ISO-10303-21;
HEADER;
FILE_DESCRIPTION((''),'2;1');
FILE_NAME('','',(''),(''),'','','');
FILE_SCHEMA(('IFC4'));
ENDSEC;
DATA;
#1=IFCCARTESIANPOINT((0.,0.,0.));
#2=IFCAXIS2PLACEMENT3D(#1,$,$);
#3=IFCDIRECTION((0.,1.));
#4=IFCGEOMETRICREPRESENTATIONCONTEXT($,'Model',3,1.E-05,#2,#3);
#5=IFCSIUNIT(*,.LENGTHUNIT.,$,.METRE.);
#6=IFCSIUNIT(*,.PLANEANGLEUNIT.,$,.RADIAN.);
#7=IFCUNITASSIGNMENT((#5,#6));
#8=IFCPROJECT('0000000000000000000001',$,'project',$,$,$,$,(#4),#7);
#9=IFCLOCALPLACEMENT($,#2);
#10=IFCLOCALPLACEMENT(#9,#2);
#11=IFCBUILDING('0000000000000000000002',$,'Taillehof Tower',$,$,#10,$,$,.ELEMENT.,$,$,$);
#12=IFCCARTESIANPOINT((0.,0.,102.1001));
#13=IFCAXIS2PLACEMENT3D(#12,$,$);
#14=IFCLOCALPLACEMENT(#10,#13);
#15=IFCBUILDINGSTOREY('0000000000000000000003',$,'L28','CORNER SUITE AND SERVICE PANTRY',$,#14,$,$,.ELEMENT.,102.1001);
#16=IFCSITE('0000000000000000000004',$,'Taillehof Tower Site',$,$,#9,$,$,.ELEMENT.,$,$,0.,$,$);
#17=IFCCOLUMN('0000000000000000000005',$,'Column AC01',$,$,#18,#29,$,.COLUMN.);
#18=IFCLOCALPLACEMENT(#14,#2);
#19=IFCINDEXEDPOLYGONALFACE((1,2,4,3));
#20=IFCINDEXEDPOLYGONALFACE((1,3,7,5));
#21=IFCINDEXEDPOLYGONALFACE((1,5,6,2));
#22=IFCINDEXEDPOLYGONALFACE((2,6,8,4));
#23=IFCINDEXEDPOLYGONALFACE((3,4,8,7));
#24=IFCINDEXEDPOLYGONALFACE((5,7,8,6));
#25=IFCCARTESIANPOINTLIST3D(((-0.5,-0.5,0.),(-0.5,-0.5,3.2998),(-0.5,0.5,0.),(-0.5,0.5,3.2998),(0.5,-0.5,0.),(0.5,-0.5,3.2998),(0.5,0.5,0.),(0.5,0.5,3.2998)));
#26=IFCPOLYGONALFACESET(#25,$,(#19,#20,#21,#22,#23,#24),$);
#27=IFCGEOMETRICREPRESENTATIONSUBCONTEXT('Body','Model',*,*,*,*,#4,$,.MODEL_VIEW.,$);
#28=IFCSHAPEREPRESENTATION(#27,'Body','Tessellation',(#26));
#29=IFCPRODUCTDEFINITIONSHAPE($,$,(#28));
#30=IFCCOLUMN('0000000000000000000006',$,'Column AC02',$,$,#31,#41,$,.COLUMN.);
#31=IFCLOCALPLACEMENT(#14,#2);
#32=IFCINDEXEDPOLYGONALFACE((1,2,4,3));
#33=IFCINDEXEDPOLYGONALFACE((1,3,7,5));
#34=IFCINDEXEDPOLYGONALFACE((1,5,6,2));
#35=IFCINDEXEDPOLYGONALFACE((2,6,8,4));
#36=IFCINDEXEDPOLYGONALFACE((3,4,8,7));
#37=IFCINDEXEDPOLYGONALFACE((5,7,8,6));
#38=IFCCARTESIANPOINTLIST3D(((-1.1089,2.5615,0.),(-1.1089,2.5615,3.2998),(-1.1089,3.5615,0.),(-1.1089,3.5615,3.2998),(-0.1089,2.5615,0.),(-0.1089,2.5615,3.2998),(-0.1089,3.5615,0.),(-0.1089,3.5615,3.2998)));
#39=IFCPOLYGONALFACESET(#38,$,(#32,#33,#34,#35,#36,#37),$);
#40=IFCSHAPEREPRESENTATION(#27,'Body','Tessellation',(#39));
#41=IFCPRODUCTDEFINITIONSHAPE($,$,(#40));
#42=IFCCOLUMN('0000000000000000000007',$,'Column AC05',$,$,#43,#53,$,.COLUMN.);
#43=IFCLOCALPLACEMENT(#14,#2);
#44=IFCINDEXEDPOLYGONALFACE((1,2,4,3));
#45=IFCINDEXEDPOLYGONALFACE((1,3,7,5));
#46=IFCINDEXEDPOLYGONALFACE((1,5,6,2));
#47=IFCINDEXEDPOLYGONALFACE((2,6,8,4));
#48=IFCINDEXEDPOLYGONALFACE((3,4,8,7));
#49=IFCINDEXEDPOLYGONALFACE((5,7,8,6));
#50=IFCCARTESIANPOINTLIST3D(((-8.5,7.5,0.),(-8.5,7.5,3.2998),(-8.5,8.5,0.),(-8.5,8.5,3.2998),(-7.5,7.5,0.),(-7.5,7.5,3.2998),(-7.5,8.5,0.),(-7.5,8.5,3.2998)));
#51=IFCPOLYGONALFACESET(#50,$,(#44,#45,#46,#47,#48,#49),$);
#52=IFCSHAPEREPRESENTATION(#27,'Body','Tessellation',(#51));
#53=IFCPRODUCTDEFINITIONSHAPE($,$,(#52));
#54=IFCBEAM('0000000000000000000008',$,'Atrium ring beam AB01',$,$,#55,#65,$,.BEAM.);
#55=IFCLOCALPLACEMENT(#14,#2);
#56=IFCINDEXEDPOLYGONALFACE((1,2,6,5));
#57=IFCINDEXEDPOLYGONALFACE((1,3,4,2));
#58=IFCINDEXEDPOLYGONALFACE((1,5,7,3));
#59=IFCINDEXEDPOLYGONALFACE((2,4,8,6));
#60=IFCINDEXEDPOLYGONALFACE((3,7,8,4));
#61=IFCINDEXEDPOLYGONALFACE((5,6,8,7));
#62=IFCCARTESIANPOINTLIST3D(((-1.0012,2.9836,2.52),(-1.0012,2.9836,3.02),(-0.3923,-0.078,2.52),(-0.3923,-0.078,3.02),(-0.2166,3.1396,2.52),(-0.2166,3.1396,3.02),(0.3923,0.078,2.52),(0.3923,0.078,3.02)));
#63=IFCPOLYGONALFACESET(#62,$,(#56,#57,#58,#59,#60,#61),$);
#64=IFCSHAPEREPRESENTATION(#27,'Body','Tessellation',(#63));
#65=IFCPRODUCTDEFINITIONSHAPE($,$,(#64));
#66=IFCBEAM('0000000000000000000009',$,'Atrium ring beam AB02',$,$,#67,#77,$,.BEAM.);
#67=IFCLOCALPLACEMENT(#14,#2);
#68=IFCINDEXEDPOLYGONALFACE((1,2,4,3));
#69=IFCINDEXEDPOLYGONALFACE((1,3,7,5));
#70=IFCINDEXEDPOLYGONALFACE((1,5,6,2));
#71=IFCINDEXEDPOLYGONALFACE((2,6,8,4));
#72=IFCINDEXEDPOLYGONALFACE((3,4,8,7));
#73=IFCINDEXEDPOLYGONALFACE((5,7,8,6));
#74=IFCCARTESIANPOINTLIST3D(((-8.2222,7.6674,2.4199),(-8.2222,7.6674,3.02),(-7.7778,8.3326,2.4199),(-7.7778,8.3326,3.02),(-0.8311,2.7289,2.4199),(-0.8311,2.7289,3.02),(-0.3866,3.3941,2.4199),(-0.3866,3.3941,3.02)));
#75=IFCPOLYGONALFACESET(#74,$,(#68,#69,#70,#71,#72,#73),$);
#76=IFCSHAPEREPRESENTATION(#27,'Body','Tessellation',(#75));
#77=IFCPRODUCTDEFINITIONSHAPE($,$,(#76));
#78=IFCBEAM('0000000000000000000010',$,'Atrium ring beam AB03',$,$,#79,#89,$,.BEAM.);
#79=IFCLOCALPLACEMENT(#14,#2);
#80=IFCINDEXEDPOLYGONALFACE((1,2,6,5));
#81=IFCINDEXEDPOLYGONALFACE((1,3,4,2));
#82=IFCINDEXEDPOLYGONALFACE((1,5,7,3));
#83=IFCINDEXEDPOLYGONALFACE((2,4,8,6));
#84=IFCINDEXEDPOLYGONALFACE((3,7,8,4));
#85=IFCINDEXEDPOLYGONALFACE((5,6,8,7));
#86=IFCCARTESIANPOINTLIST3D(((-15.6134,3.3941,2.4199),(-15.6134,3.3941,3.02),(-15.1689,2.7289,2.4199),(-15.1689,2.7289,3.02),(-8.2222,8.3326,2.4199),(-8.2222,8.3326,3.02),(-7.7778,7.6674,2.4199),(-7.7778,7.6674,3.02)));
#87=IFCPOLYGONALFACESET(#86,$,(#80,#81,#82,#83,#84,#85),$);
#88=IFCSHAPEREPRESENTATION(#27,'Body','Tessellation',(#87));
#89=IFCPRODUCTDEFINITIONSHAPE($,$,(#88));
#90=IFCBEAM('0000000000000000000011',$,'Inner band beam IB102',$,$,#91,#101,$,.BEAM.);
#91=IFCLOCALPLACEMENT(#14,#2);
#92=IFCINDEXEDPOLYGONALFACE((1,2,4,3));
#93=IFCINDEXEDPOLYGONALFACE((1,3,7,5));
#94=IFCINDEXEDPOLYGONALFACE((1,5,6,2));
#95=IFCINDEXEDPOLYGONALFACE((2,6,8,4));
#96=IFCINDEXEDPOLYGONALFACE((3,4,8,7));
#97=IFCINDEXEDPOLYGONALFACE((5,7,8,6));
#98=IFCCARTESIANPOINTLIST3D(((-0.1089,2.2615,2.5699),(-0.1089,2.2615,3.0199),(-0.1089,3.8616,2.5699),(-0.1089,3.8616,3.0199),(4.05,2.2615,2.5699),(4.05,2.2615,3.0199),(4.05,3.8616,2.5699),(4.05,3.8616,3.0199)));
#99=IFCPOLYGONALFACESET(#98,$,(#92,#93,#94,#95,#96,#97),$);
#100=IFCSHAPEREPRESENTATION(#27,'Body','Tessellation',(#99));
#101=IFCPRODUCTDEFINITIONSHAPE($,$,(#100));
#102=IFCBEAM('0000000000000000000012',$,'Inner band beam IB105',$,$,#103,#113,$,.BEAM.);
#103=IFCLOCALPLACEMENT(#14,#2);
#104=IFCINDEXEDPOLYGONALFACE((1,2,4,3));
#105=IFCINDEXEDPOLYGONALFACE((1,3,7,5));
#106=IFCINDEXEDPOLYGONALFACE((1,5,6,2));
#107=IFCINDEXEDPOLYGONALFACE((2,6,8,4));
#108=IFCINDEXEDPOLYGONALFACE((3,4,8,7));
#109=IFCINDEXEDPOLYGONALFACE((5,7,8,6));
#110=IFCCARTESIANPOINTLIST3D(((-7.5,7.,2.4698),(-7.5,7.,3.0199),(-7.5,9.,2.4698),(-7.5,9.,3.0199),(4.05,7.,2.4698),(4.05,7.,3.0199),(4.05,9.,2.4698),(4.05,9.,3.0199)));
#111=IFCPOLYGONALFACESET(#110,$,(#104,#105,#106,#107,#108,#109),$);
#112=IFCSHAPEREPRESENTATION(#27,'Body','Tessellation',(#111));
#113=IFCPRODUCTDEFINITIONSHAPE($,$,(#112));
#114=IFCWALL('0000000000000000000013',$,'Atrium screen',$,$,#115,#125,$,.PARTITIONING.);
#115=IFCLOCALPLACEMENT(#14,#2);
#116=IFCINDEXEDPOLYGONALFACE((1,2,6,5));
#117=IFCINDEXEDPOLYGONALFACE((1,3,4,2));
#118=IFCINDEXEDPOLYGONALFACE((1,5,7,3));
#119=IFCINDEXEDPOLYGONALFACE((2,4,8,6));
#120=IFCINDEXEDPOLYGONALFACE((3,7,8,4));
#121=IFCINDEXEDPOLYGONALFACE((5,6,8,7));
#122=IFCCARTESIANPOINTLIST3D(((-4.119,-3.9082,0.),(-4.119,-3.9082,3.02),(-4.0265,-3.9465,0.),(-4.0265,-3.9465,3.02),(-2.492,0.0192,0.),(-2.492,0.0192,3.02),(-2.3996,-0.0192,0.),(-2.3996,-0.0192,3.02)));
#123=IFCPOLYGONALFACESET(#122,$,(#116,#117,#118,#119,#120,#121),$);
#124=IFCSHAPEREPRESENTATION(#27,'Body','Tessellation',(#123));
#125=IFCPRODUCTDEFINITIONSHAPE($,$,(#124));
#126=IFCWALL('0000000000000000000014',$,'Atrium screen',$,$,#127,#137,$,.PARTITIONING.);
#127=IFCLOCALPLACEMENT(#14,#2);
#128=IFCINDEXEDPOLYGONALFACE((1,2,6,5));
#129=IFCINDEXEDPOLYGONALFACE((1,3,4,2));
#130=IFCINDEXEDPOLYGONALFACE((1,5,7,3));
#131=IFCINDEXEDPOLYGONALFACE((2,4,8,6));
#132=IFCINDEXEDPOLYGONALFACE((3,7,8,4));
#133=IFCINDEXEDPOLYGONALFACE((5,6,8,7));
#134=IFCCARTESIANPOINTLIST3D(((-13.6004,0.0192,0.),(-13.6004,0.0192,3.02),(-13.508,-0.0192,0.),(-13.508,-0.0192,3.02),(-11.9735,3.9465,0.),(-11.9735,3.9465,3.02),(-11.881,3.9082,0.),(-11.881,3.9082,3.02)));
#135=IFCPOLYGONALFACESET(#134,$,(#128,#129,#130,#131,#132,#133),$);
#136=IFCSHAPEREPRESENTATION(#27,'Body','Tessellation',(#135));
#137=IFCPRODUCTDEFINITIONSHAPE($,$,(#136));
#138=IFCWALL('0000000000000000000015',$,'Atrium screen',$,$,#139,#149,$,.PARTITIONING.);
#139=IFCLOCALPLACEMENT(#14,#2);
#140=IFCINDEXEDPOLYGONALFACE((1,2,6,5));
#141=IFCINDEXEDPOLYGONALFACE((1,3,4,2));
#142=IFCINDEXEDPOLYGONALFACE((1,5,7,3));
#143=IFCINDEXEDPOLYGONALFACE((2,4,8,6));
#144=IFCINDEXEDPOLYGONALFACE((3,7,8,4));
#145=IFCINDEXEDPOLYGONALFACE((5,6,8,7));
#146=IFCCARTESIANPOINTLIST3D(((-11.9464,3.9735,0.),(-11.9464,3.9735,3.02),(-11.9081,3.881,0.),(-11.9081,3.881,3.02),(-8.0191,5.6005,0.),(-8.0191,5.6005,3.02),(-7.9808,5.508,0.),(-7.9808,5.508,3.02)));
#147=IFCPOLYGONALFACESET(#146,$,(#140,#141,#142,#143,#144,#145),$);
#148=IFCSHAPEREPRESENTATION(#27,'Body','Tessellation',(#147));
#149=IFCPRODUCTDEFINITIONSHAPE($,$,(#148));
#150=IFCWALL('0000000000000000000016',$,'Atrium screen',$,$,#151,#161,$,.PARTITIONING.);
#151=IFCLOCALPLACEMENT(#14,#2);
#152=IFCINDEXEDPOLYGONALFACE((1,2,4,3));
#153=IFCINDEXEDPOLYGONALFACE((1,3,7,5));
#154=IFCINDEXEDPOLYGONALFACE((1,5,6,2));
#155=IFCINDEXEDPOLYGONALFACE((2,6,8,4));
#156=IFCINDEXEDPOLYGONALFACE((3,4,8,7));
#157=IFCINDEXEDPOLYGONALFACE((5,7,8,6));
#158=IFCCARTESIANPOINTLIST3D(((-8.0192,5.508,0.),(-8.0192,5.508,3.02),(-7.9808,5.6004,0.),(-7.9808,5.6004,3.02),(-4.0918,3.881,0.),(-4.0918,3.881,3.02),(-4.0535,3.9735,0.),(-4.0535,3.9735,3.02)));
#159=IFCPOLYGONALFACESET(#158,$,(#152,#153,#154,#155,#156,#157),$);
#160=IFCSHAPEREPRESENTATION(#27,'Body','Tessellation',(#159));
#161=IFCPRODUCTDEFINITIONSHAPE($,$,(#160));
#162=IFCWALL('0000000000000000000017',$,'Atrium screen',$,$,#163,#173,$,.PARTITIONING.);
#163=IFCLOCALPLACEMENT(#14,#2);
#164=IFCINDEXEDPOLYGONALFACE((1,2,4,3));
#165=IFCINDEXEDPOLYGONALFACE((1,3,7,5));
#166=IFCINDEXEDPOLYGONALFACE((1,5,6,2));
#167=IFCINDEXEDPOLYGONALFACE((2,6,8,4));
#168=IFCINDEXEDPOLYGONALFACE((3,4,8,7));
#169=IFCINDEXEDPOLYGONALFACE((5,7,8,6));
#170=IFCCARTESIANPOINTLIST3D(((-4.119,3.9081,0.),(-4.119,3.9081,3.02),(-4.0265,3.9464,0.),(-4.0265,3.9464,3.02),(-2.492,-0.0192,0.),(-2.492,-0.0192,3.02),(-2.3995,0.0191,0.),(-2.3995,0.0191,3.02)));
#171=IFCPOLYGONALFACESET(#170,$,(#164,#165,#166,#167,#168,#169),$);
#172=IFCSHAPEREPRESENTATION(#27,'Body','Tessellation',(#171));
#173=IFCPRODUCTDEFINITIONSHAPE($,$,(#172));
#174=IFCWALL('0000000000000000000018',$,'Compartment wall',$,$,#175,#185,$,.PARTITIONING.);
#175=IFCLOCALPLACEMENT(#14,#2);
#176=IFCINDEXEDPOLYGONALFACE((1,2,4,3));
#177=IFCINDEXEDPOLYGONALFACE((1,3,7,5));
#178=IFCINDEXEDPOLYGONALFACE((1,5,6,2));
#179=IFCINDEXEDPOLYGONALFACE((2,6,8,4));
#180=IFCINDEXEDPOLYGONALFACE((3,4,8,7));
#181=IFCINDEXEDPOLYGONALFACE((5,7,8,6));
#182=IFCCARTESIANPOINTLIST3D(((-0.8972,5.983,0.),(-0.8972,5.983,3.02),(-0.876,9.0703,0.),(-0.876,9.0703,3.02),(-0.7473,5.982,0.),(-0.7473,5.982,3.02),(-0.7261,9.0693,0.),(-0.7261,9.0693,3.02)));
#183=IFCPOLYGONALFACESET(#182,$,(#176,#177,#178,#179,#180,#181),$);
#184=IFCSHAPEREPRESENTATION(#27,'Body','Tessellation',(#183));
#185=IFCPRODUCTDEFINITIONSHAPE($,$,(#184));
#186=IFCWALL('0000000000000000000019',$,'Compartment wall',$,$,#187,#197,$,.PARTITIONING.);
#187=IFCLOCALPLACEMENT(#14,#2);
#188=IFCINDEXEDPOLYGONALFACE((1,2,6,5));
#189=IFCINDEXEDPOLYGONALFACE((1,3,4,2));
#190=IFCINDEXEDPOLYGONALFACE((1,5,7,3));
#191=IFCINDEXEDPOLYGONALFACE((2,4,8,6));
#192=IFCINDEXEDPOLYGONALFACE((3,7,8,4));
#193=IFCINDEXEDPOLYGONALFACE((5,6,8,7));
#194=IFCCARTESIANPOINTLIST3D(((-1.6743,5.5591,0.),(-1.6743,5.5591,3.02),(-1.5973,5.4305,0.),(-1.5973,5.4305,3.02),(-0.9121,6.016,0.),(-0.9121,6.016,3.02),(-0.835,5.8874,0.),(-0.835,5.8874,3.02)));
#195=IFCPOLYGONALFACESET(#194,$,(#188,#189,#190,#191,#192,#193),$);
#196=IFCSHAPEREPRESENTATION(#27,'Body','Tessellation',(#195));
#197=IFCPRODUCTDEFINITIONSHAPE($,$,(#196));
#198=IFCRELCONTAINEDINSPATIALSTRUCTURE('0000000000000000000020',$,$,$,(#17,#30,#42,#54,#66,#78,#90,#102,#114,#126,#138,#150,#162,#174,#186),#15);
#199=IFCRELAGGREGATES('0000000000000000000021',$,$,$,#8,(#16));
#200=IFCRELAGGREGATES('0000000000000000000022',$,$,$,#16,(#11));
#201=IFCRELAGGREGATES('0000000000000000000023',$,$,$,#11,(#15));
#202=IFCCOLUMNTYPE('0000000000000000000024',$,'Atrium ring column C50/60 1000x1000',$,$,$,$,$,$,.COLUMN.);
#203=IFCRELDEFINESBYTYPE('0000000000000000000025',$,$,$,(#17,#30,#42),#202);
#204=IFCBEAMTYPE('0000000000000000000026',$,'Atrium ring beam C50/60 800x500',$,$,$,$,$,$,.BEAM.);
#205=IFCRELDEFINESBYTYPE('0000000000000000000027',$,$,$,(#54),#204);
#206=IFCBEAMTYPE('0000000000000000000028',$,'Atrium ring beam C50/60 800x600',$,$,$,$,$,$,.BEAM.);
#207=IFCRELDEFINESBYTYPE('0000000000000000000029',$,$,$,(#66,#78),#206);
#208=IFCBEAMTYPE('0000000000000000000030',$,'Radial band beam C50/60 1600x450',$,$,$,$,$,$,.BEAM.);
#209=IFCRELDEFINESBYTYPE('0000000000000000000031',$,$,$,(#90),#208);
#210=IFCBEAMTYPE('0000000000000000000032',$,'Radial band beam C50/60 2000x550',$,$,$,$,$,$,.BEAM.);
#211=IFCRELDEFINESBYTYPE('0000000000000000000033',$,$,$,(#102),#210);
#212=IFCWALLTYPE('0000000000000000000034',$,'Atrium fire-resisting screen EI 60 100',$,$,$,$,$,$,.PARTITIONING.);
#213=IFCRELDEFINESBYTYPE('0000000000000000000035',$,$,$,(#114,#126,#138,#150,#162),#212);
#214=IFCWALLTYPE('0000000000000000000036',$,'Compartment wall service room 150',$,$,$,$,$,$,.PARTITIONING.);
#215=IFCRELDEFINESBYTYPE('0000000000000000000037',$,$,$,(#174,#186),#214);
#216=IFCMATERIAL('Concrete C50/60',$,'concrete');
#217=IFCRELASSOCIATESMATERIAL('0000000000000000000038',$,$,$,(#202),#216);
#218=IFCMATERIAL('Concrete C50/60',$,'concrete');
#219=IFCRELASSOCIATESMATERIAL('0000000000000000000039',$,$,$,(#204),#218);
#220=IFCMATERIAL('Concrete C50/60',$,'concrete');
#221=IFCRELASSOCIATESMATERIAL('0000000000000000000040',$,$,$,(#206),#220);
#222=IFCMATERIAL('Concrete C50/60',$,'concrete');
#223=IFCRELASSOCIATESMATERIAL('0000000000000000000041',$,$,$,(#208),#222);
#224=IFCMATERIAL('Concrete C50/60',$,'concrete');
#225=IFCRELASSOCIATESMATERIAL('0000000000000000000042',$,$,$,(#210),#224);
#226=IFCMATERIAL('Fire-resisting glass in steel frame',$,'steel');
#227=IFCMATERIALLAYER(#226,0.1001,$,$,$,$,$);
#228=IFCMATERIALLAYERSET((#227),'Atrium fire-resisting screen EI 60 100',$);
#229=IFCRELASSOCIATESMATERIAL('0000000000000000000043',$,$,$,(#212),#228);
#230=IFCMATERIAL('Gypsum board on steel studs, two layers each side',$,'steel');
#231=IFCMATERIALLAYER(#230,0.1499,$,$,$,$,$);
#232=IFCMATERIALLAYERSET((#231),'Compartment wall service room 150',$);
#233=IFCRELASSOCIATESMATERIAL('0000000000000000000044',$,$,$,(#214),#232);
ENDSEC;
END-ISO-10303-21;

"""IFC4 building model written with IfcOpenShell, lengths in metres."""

from ifc_helpers import new_model, si_unit, direction, frame, frame_2d, origin, origin_2d, place, context, subcontext, project, spatial, rectangle, extrude, material, layer, layer_set, material_profile, profile_set, type_object, element, save


model = new_model("IFC4")

# Units and contexts
model_context = context("Model", 3, precision=1e-05, world=origin(), true_north=direction((0.0, 1.0)))
body_context = subcontext(model_context, "Body", "Model", "MODEL_VIEW")
ifc_project = project(units=[si_unit("LENGTHUNIT", "METRE"), si_unit("PLANEANGLEUNIT", "RADIAN")], contexts=[model_context])

# Site, building, storey
site_placement = place(None, origin())
site = spatial("IfcSite", under=ifc_project, at=site_placement, Name="Taillehof Tower Site", CompositionType="ELEMENT", RefElevation=0.0)
building_placement = place(site_placement, origin())
building = spatial("IfcBuilding", under=site, at=building_placement, Name="Taillehof Tower", CompositionType="ELEMENT")
storey_placement = place(building_placement, frame((0.0, 0.0, 102.1001)))
storey = spatial("IfcBuildingStorey", under=building, at=storey_placement, Name="L28", Description="CORNER SUITE AND SERVICE PANTRY", CompositionType="ELEMENT", Elevation=102.1001)

# Columns
ifc_material_1 = material(Name="Concrete C50/60", Category="concrete")
ifc_material_profile_1 = material_profile(ifc_material_1, rectangle(XDim=1.0, YDim=1.0, at=origin_2d()), Name="RC 1000x1000")
ifc_profile_set_1 = profile_set([ifc_material_profile_1], Name="Concrete C50/60")
column_type = type_object("IfcColumnType", Name="Atrium ring column C50/60 1000x1000", PredefinedType="COLUMN", material=ifc_profile_set_1)
for number, where, z_axis, x_axis, name in (
    (1, (0.0, 0.0, 0.0), (0.0, 0.0, 1.0), (1.0, 0.0, 0.0), "Column AC01"),
    (2, (-0.6089, 3.0615, 0.0), (0.0, 0.0, 1.0), (1.0, 0.0, 0.0), "Column AC02"),
    (3, (-8.0, 8.0, 0.0), (0.0, 0.0, 1.0), (1.0, 0.0, 0.0), "Column AC05"),
):
    element("IfcColumn", number, at=place(storey_placement, frame(where, z_axis=z_axis, x_axis=x_axis)), inside=storey, type_object=column_type, Name=name, PredefinedType="COLUMN", context=body_context, shape_type="SweptSolid", body=[
        extrude(rectangle(XDim=1.0, YDim=1.0, at=origin_2d()), origin(), (0.0, 0.0, 1.0), 3.2998),
    ])

# Beams
ifc_material_2 = material(Name="Concrete C50/60", Category="concrete")
ifc_material_profile_2 = material_profile(ifc_material_2, rectangle(XDim=0.8, YDim=0.5, at=origin_2d()), Name="RC 800x500")
ifc_profile_set_2 = profile_set([ifc_material_profile_2], Name="Concrete C50/60")
beam_type_1 = type_object("IfcBeamType", Name="Atrium ring beam C50/60 800x500", PredefinedType="BEAM", material=ifc_profile_set_2)
beam_1_placement = place(storey_placement, frame((0.0, 0.0, 2.77), z_axis=(-0.195063, 0.980791, 0.0), x_axis=(-0.980791, -0.195063, 0.0)))
element("IfcBeam", 4, at=beam_1_placement, inside=storey, type_object=beam_type_1, Name="Atrium ring beam AB01", PredefinedType="BEAM", context=body_context, shape_type="SweptSolid", body=[
    extrude(rectangle(XDim=0.8, YDim=0.5, at=origin_2d()), origin(), (0.0, 0.0, 1.0), 3.1216),
])
ifc_material_3 = material(Name="Concrete C50/60", Category="concrete")
ifc_material_profile_3 = material_profile(ifc_material_3, rectangle(XDim=0.8, YDim=0.6001, at=origin_2d()), Name="RC 800x600")
ifc_profile_set_3 = profile_set([ifc_material_profile_3], Name="Concrete C50/60")
beam_type_2 = type_object("IfcBeamType", Name="Atrium ring beam C50/60 800x600", PredefinedType="BEAM", material=ifc_profile_set_3)
for number, where, z_axis, x_axis, name in (
    (5, (-0.6089, 3.0615, 2.72), (-0.831475, 0.555562, 0.0), (-0.555562, -0.831475, 0.0), "Atrium ring beam AB02"),
    (6, (-8.0, 8.0, 2.72), (-0.831475, -0.555562, 0.0), (0.555562, -0.831475, 0.0), "Atrium ring beam AB03"),
):
    element("IfcBeam", number, at=place(storey_placement, frame(where, z_axis=z_axis, x_axis=x_axis)), inside=storey, type_object=beam_type_2, Name=name, PredefinedType="BEAM", context=body_context, shape_type="SweptSolid", body=[
        extrude(rectangle(XDim=0.8, YDim=0.6001, at=origin_2d()), origin(), (0.0, 0.0, 1.0), 8.8892),
    ])
ifc_material_4 = material(Name="Concrete C50/60", Category="concrete")
ifc_material_profile_4 = material_profile(ifc_material_4, rectangle(XDim=1.6001, YDim=0.45, at=origin_2d()), Name="RC 1600x450")
ifc_profile_set_4 = profile_set([ifc_material_profile_4], Name="Concrete C50/60")
beam_type_3 = type_object("IfcBeamType", Name="Radial band beam C50/60 1600x450", PredefinedType="BEAM", material=ifc_profile_set_4)
beam_2_placement = place(storey_placement, frame((-0.1089, 3.0615, 2.7949), z_axis=(1.0, 0.0, 0.0), x_axis=(0.0, 1.0, 0.0)))
element("IfcBeam", 7, at=beam_2_placement, inside=storey, type_object=beam_type_3, Name="Inner band beam IB102", PredefinedType="BEAM", context=body_context, shape_type="SweptSolid", body=[
    extrude(rectangle(XDim=1.6001, YDim=0.45, at=origin_2d()), origin(), (0.0, 0.0, 1.0), 4.1589),
])
ifc_material_5 = material(Name="Concrete C50/60", Category="concrete")
ifc_material_profile_5 = material_profile(ifc_material_5, rectangle(XDim=2.0, YDim=0.55, at=origin_2d()), Name="RC 2000x550")
ifc_profile_set_5 = profile_set([ifc_material_profile_5], Name="Concrete C50/60")
beam_type_4 = type_object("IfcBeamType", Name="Radial band beam C50/60 2000x550", PredefinedType="BEAM", material=ifc_profile_set_5)
beam_3_placement = place(storey_placement, frame((-7.5, 8.0, 2.7449), z_axis=(1.0, 0.0, 0.0), x_axis=(0.0, 1.0, 0.0)))
element("IfcBeam", 8, at=beam_3_placement, inside=storey, type_object=beam_type_4, Name="Inner band beam IB105", PredefinedType="BEAM", context=body_context, shape_type="SweptSolid", body=[
    extrude(rectangle(XDim=2.0, YDim=0.55, at=origin_2d()), origin(), (0.0, 0.0, 1.0), 11.55),
])

# Walls
ifc_material_6 = material(Name="Fire-resisting glass in steel frame", Category="steel")
ifc_layer_1 = layer(ifc_material_6, 0.1001)
ifc_layer_set_1 = layer_set([ifc_layer_1], Name="Atrium fire-resisting screen EI 60 100")
wall_type_1 = type_object("IfcWallType", Name="Atrium fire-resisting screen EI 60 100", PredefinedType="PARTITIONING", material=ifc_layer_set_1)
for number, where, z_axis, x_axis, name in (
    (9, (-2.4458, 0.0, 0.0), (0.0, 0.0, 1.0), (-0.382731, -0.92386, 0.0), "Atrium screen"),
    (10, (-13.5542, 0.0, 0.0), (0.0, 0.0, 1.0), (0.382731, 0.92386, 0.0), "Atrium screen"),
    (11, (-11.9272, 3.9272, 0.0), (0.0, 0.0, 1.0), (0.92386, 0.382731, 0.0), "Atrium screen"),
    (12, (-8.0, 5.5542, 0.0), (0.0, 0.0, 1.0), (0.92386, -0.382731, 0.0), "Atrium screen"),
    (13, (-4.0728, 3.9272, 0.0), (0.0, 0.0, 1.0), (0.382731, -0.92386, 0.0), "Atrium screen"),
):
    element("IfcWall", number, at=place(storey_placement, frame(where, z_axis=z_axis, x_axis=x_axis)), inside=storey, type_object=wall_type_1, Name=name, PredefinedType="PARTITIONING", context=body_context, shape_type="SweptSolid", body=[
        extrude(rectangle(XDim=4.251, YDim=0.1001, at=frame_2d((2.1255, 0.0))), origin(), (0.0, 0.0, 1.0), 3.02),
    ])
ifc_material_7 = material(Name="Gypsum board on steel studs, two layers each side", Category="steel")
ifc_layer_2 = layer(ifc_material_7, 0.1499)
ifc_layer_set_2 = layer_set([ifc_layer_2], Name="Compartment wall service room 150")
wall_type_2 = type_object("IfcWallType", Name="Compartment wall service room 150", PredefinedType="PARTITIONING", material=ifc_layer_set_2)
wall_1_placement = place(storey_placement, frame((-0.801, 9.0698, 0.0), z_axis=(0.0, 0.0, 1.0), x_axis=(-0.006879, -0.999976, 0.0)))
element("IfcWall", 14, at=wall_1_placement, inside=storey, type_object=wall_type_2, Name="Compartment wall", PredefinedType="PARTITIONING", context=body_context, shape_type="SweptSolid", body=[
    extrude(rectangle(XDim=3.0874, YDim=0.1499, at=frame_2d((1.5437, 0.0))), origin(), (0.0, 0.0, 1.0), 3.02),
])
wall_2_placement = place(storey_placement, frame((-0.8735, 5.9517, 0.0), z_axis=(0.0, 0.0, 1.0), x_axis=(-0.857759, -0.514051, 0.0)))
element("IfcWall", 15, at=wall_2_placement, inside=storey, type_object=wall_type_2, Name="Compartment wall", PredefinedType="PARTITIONING", context=body_context, shape_type="SweptSolid", body=[
    extrude(rectangle(XDim=0.8887, YDim=0.1499, at=frame_2d((0.4443, 0.0))), origin(), (0.0, 0.0, 1.0), 3.02),
])

save(model, "model.ifc")
